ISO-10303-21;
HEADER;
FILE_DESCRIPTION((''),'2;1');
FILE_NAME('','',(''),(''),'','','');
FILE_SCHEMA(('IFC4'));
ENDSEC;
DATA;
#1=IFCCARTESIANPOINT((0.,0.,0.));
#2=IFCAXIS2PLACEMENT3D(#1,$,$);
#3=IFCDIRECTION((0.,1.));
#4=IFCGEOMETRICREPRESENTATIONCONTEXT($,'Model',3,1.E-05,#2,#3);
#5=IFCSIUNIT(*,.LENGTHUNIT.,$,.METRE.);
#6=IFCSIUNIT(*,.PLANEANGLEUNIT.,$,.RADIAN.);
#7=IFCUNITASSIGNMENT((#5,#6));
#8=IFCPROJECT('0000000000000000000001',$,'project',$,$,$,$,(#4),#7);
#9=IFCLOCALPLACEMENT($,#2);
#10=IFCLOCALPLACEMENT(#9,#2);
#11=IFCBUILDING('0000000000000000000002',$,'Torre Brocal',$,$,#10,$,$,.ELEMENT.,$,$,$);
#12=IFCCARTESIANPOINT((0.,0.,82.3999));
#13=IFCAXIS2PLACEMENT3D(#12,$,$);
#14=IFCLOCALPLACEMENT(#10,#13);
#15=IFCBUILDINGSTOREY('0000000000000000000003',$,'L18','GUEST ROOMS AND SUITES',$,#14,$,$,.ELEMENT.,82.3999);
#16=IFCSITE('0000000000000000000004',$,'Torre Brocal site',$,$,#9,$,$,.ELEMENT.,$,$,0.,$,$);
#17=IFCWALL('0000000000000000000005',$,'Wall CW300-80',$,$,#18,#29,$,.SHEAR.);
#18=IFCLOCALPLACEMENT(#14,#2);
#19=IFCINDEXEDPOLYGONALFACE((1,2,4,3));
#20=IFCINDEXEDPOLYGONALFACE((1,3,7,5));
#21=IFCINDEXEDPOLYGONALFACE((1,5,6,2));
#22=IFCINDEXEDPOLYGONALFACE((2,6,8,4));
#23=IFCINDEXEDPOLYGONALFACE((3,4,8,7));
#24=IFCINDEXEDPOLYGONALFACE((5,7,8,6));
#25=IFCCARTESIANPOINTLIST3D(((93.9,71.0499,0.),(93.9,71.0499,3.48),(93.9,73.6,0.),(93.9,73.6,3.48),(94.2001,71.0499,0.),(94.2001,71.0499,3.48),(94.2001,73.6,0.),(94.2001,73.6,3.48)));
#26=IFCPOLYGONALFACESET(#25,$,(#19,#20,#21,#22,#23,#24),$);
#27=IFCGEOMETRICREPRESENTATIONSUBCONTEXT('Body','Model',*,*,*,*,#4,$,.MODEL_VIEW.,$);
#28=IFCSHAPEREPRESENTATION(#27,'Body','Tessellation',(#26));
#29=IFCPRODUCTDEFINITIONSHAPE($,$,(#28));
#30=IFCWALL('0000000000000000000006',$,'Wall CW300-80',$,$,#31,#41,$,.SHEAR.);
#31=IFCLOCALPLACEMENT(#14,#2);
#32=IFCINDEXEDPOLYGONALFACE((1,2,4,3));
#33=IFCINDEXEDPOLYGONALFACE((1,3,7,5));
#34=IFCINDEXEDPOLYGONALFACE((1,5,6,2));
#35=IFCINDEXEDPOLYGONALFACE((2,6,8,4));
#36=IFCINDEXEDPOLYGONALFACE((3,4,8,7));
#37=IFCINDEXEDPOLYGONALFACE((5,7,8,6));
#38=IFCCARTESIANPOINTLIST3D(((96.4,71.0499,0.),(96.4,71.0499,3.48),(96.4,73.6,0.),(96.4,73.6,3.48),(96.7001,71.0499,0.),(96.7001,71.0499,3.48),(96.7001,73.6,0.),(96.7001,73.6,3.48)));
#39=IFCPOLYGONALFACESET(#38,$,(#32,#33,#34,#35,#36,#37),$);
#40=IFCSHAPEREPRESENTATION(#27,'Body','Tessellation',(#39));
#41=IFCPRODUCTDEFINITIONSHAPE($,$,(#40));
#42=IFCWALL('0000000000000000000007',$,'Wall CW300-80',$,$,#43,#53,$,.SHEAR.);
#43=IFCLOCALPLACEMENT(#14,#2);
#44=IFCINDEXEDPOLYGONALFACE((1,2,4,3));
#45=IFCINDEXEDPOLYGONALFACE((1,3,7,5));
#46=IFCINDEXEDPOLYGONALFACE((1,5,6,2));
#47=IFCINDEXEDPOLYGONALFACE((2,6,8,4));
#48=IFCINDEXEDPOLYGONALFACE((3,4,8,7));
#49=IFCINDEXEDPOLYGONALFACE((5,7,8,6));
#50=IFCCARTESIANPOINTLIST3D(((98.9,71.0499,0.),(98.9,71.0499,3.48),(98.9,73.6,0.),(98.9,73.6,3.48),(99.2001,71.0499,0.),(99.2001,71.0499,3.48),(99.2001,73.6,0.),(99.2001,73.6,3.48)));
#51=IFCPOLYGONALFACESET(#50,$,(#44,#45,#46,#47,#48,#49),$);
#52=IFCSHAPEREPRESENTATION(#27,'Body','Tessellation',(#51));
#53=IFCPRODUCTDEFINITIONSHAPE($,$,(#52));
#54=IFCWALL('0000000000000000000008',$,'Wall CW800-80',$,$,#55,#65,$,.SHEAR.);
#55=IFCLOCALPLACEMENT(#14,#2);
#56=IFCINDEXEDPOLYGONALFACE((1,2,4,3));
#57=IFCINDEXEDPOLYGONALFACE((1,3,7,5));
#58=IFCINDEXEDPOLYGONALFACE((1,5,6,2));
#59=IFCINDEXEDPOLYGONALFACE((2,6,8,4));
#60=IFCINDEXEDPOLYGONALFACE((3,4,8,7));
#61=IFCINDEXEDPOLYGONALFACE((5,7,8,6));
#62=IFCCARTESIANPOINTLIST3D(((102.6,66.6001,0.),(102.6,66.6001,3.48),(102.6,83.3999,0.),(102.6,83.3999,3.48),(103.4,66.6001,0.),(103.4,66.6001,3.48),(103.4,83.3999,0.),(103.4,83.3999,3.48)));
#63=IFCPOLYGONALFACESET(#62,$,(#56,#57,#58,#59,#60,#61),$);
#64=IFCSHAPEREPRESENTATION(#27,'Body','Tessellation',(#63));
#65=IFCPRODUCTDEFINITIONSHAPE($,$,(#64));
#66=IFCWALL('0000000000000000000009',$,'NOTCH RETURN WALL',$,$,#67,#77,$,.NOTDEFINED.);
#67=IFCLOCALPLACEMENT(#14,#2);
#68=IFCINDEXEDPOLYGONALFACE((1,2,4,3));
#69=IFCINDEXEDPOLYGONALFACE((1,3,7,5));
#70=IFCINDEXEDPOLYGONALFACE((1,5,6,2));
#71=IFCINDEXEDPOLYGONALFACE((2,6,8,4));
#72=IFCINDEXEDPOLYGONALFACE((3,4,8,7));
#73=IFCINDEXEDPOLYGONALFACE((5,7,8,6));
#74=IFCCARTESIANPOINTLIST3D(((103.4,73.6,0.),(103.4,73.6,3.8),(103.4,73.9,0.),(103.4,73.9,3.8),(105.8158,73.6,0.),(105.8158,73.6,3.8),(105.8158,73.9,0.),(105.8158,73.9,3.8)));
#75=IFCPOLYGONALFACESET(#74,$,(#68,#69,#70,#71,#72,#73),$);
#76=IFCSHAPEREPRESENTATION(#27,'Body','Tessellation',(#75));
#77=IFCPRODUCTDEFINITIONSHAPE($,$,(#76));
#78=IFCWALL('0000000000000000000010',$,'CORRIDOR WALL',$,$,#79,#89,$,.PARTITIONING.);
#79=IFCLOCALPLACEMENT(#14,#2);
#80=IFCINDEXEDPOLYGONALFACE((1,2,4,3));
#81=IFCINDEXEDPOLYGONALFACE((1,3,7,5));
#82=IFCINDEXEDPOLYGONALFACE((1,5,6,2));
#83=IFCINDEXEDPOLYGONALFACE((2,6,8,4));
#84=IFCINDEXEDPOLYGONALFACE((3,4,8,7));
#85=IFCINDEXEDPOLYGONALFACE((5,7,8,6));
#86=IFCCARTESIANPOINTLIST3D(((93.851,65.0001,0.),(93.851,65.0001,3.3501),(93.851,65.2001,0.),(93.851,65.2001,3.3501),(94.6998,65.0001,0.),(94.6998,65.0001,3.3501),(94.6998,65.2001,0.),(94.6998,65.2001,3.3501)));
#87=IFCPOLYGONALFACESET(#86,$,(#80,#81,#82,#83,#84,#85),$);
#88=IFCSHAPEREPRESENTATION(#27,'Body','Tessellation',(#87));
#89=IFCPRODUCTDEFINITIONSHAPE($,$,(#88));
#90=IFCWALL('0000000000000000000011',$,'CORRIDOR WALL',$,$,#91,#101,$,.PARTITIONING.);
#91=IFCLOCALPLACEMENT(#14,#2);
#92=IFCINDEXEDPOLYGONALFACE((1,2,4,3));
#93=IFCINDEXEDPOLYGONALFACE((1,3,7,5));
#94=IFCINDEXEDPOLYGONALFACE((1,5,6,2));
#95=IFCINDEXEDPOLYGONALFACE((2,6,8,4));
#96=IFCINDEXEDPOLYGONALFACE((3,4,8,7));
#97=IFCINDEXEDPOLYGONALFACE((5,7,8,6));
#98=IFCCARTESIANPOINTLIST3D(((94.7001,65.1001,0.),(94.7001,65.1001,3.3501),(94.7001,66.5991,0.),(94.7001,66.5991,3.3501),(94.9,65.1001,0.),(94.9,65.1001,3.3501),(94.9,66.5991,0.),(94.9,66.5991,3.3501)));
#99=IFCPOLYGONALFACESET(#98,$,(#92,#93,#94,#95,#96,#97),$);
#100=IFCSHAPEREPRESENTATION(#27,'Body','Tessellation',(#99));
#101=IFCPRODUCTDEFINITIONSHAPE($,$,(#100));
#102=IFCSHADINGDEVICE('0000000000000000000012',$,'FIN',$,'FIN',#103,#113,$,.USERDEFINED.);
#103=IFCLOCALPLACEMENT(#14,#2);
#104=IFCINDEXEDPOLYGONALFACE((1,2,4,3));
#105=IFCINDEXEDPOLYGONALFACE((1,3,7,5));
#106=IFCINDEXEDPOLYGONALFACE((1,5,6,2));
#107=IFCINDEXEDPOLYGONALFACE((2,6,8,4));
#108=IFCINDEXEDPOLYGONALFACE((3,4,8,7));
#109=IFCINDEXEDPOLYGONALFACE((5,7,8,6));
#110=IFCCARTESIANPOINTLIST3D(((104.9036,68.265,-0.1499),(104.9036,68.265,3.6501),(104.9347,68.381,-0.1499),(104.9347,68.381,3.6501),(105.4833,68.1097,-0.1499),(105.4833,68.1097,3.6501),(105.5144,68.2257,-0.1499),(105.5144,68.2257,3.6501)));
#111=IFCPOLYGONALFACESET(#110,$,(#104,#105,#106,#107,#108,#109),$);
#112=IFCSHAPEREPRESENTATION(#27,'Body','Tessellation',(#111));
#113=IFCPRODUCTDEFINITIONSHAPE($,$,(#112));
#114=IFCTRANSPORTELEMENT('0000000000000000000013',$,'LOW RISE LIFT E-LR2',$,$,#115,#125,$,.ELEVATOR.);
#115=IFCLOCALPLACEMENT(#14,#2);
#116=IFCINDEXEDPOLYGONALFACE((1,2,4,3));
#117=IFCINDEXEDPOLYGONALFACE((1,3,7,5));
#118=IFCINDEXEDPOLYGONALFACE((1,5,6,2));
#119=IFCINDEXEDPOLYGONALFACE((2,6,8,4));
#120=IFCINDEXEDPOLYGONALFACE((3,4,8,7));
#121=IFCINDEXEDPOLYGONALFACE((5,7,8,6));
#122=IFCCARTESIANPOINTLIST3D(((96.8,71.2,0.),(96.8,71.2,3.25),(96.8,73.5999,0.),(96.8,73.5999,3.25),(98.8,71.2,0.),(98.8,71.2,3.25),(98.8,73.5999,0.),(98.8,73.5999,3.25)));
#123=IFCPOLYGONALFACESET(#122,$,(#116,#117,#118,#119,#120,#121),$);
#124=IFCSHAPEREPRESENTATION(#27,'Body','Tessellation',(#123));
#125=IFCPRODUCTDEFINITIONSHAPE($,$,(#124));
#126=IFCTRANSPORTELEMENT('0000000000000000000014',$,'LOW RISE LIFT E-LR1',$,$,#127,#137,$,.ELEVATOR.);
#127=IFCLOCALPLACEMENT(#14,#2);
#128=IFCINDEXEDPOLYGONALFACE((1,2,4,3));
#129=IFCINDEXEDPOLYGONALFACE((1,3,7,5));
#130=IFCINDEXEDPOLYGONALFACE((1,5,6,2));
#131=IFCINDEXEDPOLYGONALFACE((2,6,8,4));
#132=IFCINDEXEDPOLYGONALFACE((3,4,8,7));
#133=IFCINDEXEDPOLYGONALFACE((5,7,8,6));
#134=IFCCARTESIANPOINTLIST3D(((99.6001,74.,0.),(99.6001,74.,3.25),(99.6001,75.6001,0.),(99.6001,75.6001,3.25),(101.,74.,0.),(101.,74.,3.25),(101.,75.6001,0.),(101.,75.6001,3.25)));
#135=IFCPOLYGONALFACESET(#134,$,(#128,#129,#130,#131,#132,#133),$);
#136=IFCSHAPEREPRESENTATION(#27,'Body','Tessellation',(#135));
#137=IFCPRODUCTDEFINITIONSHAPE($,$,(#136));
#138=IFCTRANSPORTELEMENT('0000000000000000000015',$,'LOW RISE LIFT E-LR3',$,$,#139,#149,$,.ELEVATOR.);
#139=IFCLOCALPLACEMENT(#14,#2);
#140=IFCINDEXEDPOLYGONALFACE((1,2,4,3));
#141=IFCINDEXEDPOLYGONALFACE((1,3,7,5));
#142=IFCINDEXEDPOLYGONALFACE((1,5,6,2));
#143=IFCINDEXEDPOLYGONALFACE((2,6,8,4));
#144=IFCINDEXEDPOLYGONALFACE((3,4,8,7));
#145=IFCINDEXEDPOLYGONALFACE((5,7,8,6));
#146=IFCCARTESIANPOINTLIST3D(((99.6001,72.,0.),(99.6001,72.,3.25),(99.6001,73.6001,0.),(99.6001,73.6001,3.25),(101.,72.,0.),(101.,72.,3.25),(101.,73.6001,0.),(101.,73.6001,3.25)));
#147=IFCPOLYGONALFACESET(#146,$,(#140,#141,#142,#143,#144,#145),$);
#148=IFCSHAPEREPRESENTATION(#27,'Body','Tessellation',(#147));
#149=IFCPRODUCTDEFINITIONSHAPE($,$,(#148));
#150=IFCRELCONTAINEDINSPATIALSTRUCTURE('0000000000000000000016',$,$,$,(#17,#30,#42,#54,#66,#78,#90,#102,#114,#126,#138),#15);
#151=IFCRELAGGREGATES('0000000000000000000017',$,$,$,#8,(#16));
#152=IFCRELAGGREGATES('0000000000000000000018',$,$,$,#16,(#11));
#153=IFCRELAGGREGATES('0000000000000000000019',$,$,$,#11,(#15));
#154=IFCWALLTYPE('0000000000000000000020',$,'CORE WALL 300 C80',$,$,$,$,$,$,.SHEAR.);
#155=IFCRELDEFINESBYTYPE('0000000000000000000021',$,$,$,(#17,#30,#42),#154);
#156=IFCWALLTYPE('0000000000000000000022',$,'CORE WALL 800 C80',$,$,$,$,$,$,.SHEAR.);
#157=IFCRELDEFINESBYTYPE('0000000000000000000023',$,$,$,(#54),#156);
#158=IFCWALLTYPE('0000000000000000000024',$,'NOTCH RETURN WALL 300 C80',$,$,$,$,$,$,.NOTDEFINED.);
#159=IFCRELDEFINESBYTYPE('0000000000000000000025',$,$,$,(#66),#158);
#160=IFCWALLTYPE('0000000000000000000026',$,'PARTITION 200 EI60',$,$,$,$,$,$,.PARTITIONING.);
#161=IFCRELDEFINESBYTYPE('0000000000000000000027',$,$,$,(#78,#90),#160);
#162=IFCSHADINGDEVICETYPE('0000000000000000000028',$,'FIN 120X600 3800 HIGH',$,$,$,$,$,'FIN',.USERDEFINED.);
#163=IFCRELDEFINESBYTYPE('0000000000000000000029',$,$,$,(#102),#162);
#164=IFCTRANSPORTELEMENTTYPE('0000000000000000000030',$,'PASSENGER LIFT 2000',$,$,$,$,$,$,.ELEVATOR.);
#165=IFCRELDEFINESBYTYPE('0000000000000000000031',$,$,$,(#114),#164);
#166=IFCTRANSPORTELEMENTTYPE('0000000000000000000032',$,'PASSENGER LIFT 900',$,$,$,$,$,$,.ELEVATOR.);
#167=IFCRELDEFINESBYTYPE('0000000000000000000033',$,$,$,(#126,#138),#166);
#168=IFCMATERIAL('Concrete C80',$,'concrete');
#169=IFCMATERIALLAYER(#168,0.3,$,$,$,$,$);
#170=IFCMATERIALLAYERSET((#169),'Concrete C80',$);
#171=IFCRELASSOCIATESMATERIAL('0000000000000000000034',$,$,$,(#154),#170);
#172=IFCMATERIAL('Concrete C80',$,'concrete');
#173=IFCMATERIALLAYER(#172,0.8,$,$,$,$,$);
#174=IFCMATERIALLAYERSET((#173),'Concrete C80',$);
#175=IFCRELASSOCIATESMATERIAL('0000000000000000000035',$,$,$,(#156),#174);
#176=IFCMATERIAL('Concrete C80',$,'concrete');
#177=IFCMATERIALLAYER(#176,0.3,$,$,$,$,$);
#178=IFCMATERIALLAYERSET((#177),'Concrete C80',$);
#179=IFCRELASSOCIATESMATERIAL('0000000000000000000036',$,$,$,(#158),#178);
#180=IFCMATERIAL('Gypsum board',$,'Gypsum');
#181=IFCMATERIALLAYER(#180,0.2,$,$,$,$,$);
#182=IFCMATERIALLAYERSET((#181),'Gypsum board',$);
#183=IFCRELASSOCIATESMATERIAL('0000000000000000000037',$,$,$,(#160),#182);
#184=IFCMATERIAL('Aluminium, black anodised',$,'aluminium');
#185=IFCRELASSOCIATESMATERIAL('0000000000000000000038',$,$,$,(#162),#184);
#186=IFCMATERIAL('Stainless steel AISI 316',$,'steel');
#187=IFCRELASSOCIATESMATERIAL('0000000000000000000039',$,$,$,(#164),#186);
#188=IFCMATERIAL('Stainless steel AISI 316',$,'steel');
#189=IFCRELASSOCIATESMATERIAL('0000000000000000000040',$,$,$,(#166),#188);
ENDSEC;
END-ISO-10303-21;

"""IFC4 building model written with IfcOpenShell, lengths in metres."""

from ifc_helpers import new_model, si_unit, direction, frame, frame_2d, origin, origin_2d, place, context, subcontext, project, spatial, rectangle, extrude, material, layer, layer_set, material_profile, profile_set, type_object, element, save


model = new_model("IFC4")

# Units and contexts
model_context = context("Model", 3, precision=1e-05, world=origin(), true_north=direction((0.0, 1.0)))
body_context = subcontext(model_context, "Body", "Model", "MODEL_VIEW")
ifc_project = project(units=[si_unit("LENGTHUNIT", "METRE"), si_unit("PLANEANGLEUNIT", "RADIAN")], contexts=[model_context])

# Site, building, storey
site_placement = place(None, origin())
site = spatial("IfcSite", under=ifc_project, at=site_placement, Name="Torre Brocal site", CompositionType="ELEMENT", RefElevation=0.0)
building_placement = place(site_placement, origin())
building = spatial("IfcBuilding", under=site, at=building_placement, Name="Torre Brocal", CompositionType="ELEMENT")
storey_placement = place(building_placement, frame((0.0, 0.0, 82.3999)))
storey = spatial("IfcBuildingStorey", under=building, at=storey_placement, Name="L18", Description="GUEST ROOMS AND SUITES", CompositionType="ELEMENT", Elevation=82.3999)

# Walls
ifc_material_1 = material(Name="Concrete C80", Category="concrete")
ifc_layer_1 = layer(ifc_material_1, 0.3)
ifc_layer_set_1 = layer_set([ifc_layer_1], Name="Concrete C80")
wall_type_1 = type_object("IfcWallType", Name="CORE WALL 300 C80", PredefinedType="SHEAR", material=ifc_layer_set_1)
for number, where, z_axis, x_axis, name in (
    (1, (94.05, 71.05, 0.0), (0.0, 0.0, 1.0), (0.0, 1.0, 0.0), "Wall CW300-80"),
    (2, (96.55, 71.05, 0.0), (0.0, 0.0, 1.0), (0.0, 1.0, 0.0), "Wall CW300-80"),
    (3, (99.05, 71.05, 0.0), (0.0, 0.0, 1.0), (0.0, 1.0, 0.0), "Wall CW300-80"),
):
    element("IfcWall", number, at=place(storey_placement, frame(where, z_axis=z_axis, x_axis=x_axis)), inside=storey, type_object=wall_type_1, Name=name, PredefinedType="SHEAR", context=body_context, shape_type="SweptSolid", body=[
        extrude(rectangle(XDim=2.55, YDim=0.3, at=frame_2d((1.2749, 0.0))), origin(), (0.0, 0.0, 1.0), 3.48),
    ])
ifc_material_2 = material(Name="Concrete C80", Category="concrete")
ifc_layer_2 = layer(ifc_material_2, 0.8)
ifc_layer_set_2 = layer_set([ifc_layer_2], Name="Concrete C80")
wall_type_2 = type_object("IfcWallType", Name="CORE WALL 800 C80", PredefinedType="SHEAR", material=ifc_layer_set_2)
wall_1_placement = place(storey_placement, frame((103.0, 66.6001, 0.0), z_axis=(0.0, 0.0, 1.0), x_axis=(0.0, 1.0, 0.0)))
element("IfcWall", 4, at=wall_1_placement, inside=storey, type_object=wall_type_2, Name="Wall CW800-80", PredefinedType="SHEAR", context=body_context, shape_type="SweptSolid", body=[
    extrude(rectangle(XDim=16.7998, YDim=0.8, at=frame_2d((8.3999, 0.0))), origin(), (0.0, 0.0, 1.0), 3.48),
])
ifc_material_3 = material(Name="Concrete C80", Category="concrete")
ifc_layer_3 = layer(ifc_material_3, 0.3)
ifc_layer_set_3 = layer_set([ifc_layer_3], Name="Concrete C80")
wall_type_3 = type_object("IfcWallType", Name="NOTCH RETURN WALL 300 C80", PredefinedType="NOTDEFINED", material=ifc_layer_set_3)
wall_2_placement = place(storey_placement, frame((103.3999, 73.75, 0.0), z_axis=(0.0, 0.0, 1.0), x_axis=(1.0, 0.0, 0.0)))
element("IfcWall", 5, at=wall_2_placement, inside=storey, type_object=wall_type_3, Name="NOTCH RETURN WALL", PredefinedType="NOTDEFINED", context=body_context, shape_type="SweptSolid", body=[
    extrude(rectangle(XDim=2.4158, YDim=0.3, at=frame_2d((1.208, 0.0))), origin(), (0.0, 0.0, 1.0), 3.8),
])
ifc_material_4 = material(Name="Gypsum board", Category="Gypsum")
ifc_layer_4 = layer(ifc_material_4, 0.2)
ifc_layer_set_4 = layer_set([ifc_layer_4], Name="Gypsum board")
wall_type_4 = type_object("IfcWallType", Name="PARTITION 200 EI60", PredefinedType="PARTITIONING", material=ifc_layer_set_4)
wall_3_placement = place(storey_placement, frame((93.8511, 65.1001, 0.0), z_axis=(0.0, 0.0, 1.0), x_axis=(1.0, 0.0, 0.0)))
element("IfcWall", 6, at=wall_3_placement, inside=storey, type_object=wall_type_4, Name="CORRIDOR WALL", PredefinedType="PARTITIONING", context=body_context, shape_type="SweptSolid", body=[
    extrude(rectangle(XDim=0.8489, YDim=0.2, at=frame_2d((0.4243, 0.0))), origin(), (0.0, 0.0, 1.0), 3.3501),
])
wall_4_placement = place(storey_placement, frame((94.8, 65.1001, 0.0), z_axis=(0.0, 0.0, 1.0), x_axis=(0.0, 1.0, 0.0)))
element("IfcWall", 7, at=wall_4_placement, inside=storey, type_object=wall_type_4, Name="CORRIDOR WALL", PredefinedType="PARTITIONING", context=body_context, shape_type="SweptSolid", body=[
    extrude(rectangle(XDim=1.499, YDim=0.2, at=frame_2d((0.7495, 0.0))), origin(), (0.0, 0.0, 1.0), 3.3501),
])

# Shading device
ifc_material_5 = material(Name="Aluminium, black anodised", Category="aluminium")
ifc_material_profile_1 = material_profile(ifc_material_5, rectangle(XDim=0.1201, YDim=0.6001, at=origin_2d()), Name="FIN 120X600 3800 HIGH")
ifc_profile_set_1 = profile_set([ifc_material_profile_1], Name="Aluminium, black anodised")
shading_device_type = type_object("IfcShadingDeviceType", Name="FIN 120X600 3800 HIGH", ElementType="FIN", PredefinedType="USERDEFINED", material=ifc_profile_set_1)
shading_device_placement = place(storey_placement, frame((105.209, 68.2454, -0.1499), z_axis=(0.0, 0.0, 1.0), x_axis=(0.258819, 0.965926, 0.0)))
element("IfcShadingDevice", 8, at=shading_device_placement, inside=storey, type_object=shading_device_type, Name="FIN", ObjectType="FIN", PredefinedType="USERDEFINED", context=body_context, shape_type="SweptSolid", body=[
    extrude(rectangle(XDim=0.1201, YDim=0.6001, at=origin_2d()), origin(), (0.0, 0.0, 1.0), 3.8),
])

# Transport elements
ifc_material_6 = material(Name="Stainless steel AISI 316", Category="steel")
transport_element_type_1 = type_object("IfcTransportElementType", Name="PASSENGER LIFT 2000", PredefinedType="ELEVATOR", material=ifc_material_6)
transport_element_placement = place(storey_placement, frame((97.8, 72.3999, 0.0), z_axis=(0.0, 0.0, 1.0), x_axis=(1.0, 0.0, 0.0)))
element("IfcTransportElement", 9, at=transport_element_placement, inside=storey, type_object=transport_element_type_1, Name="LOW RISE LIFT E-LR2", PredefinedType="ELEVATOR", context=body_context, shape_type="SweptSolid", body=[
    extrude(rectangle(XDim=2.0, YDim=2.3999, at=origin_2d()), origin(), (0.0, 0.0, 1.0), 3.25),
])
ifc_material_7 = material(Name="Stainless steel AISI 316", Category="steel")
transport_element_type_2 = type_object("IfcTransportElementType", Name="PASSENGER LIFT 900", PredefinedType="ELEVATOR", material=ifc_material_7)
for number, where, z_axis, x_axis, name in (
    (10, (100.3, 74.8, 0.0), (0.0, 0.0, 1.0), (1.0, 0.0, 0.0), "LOW RISE LIFT E-LR1"),
    (11, (100.3, 72.8, 0.0), (0.0, 0.0, 1.0), (1.0, 0.0, 0.0), "LOW RISE LIFT E-LR3"),
):
    element("IfcTransportElement", number, at=place(storey_placement, frame(where, z_axis=z_axis, x_axis=x_axis)), inside=storey, type_object=transport_element_type_2, Name=name, PredefinedType="ELEVATOR", context=body_context, shape_type="SweptSolid", body=[
        extrude(rectangle(XDim=1.3999, YDim=1.6001, at=origin_2d()), origin(), (0.0, 0.0, 1.0), 3.25),
    ])

save(model, "model.ifc")
